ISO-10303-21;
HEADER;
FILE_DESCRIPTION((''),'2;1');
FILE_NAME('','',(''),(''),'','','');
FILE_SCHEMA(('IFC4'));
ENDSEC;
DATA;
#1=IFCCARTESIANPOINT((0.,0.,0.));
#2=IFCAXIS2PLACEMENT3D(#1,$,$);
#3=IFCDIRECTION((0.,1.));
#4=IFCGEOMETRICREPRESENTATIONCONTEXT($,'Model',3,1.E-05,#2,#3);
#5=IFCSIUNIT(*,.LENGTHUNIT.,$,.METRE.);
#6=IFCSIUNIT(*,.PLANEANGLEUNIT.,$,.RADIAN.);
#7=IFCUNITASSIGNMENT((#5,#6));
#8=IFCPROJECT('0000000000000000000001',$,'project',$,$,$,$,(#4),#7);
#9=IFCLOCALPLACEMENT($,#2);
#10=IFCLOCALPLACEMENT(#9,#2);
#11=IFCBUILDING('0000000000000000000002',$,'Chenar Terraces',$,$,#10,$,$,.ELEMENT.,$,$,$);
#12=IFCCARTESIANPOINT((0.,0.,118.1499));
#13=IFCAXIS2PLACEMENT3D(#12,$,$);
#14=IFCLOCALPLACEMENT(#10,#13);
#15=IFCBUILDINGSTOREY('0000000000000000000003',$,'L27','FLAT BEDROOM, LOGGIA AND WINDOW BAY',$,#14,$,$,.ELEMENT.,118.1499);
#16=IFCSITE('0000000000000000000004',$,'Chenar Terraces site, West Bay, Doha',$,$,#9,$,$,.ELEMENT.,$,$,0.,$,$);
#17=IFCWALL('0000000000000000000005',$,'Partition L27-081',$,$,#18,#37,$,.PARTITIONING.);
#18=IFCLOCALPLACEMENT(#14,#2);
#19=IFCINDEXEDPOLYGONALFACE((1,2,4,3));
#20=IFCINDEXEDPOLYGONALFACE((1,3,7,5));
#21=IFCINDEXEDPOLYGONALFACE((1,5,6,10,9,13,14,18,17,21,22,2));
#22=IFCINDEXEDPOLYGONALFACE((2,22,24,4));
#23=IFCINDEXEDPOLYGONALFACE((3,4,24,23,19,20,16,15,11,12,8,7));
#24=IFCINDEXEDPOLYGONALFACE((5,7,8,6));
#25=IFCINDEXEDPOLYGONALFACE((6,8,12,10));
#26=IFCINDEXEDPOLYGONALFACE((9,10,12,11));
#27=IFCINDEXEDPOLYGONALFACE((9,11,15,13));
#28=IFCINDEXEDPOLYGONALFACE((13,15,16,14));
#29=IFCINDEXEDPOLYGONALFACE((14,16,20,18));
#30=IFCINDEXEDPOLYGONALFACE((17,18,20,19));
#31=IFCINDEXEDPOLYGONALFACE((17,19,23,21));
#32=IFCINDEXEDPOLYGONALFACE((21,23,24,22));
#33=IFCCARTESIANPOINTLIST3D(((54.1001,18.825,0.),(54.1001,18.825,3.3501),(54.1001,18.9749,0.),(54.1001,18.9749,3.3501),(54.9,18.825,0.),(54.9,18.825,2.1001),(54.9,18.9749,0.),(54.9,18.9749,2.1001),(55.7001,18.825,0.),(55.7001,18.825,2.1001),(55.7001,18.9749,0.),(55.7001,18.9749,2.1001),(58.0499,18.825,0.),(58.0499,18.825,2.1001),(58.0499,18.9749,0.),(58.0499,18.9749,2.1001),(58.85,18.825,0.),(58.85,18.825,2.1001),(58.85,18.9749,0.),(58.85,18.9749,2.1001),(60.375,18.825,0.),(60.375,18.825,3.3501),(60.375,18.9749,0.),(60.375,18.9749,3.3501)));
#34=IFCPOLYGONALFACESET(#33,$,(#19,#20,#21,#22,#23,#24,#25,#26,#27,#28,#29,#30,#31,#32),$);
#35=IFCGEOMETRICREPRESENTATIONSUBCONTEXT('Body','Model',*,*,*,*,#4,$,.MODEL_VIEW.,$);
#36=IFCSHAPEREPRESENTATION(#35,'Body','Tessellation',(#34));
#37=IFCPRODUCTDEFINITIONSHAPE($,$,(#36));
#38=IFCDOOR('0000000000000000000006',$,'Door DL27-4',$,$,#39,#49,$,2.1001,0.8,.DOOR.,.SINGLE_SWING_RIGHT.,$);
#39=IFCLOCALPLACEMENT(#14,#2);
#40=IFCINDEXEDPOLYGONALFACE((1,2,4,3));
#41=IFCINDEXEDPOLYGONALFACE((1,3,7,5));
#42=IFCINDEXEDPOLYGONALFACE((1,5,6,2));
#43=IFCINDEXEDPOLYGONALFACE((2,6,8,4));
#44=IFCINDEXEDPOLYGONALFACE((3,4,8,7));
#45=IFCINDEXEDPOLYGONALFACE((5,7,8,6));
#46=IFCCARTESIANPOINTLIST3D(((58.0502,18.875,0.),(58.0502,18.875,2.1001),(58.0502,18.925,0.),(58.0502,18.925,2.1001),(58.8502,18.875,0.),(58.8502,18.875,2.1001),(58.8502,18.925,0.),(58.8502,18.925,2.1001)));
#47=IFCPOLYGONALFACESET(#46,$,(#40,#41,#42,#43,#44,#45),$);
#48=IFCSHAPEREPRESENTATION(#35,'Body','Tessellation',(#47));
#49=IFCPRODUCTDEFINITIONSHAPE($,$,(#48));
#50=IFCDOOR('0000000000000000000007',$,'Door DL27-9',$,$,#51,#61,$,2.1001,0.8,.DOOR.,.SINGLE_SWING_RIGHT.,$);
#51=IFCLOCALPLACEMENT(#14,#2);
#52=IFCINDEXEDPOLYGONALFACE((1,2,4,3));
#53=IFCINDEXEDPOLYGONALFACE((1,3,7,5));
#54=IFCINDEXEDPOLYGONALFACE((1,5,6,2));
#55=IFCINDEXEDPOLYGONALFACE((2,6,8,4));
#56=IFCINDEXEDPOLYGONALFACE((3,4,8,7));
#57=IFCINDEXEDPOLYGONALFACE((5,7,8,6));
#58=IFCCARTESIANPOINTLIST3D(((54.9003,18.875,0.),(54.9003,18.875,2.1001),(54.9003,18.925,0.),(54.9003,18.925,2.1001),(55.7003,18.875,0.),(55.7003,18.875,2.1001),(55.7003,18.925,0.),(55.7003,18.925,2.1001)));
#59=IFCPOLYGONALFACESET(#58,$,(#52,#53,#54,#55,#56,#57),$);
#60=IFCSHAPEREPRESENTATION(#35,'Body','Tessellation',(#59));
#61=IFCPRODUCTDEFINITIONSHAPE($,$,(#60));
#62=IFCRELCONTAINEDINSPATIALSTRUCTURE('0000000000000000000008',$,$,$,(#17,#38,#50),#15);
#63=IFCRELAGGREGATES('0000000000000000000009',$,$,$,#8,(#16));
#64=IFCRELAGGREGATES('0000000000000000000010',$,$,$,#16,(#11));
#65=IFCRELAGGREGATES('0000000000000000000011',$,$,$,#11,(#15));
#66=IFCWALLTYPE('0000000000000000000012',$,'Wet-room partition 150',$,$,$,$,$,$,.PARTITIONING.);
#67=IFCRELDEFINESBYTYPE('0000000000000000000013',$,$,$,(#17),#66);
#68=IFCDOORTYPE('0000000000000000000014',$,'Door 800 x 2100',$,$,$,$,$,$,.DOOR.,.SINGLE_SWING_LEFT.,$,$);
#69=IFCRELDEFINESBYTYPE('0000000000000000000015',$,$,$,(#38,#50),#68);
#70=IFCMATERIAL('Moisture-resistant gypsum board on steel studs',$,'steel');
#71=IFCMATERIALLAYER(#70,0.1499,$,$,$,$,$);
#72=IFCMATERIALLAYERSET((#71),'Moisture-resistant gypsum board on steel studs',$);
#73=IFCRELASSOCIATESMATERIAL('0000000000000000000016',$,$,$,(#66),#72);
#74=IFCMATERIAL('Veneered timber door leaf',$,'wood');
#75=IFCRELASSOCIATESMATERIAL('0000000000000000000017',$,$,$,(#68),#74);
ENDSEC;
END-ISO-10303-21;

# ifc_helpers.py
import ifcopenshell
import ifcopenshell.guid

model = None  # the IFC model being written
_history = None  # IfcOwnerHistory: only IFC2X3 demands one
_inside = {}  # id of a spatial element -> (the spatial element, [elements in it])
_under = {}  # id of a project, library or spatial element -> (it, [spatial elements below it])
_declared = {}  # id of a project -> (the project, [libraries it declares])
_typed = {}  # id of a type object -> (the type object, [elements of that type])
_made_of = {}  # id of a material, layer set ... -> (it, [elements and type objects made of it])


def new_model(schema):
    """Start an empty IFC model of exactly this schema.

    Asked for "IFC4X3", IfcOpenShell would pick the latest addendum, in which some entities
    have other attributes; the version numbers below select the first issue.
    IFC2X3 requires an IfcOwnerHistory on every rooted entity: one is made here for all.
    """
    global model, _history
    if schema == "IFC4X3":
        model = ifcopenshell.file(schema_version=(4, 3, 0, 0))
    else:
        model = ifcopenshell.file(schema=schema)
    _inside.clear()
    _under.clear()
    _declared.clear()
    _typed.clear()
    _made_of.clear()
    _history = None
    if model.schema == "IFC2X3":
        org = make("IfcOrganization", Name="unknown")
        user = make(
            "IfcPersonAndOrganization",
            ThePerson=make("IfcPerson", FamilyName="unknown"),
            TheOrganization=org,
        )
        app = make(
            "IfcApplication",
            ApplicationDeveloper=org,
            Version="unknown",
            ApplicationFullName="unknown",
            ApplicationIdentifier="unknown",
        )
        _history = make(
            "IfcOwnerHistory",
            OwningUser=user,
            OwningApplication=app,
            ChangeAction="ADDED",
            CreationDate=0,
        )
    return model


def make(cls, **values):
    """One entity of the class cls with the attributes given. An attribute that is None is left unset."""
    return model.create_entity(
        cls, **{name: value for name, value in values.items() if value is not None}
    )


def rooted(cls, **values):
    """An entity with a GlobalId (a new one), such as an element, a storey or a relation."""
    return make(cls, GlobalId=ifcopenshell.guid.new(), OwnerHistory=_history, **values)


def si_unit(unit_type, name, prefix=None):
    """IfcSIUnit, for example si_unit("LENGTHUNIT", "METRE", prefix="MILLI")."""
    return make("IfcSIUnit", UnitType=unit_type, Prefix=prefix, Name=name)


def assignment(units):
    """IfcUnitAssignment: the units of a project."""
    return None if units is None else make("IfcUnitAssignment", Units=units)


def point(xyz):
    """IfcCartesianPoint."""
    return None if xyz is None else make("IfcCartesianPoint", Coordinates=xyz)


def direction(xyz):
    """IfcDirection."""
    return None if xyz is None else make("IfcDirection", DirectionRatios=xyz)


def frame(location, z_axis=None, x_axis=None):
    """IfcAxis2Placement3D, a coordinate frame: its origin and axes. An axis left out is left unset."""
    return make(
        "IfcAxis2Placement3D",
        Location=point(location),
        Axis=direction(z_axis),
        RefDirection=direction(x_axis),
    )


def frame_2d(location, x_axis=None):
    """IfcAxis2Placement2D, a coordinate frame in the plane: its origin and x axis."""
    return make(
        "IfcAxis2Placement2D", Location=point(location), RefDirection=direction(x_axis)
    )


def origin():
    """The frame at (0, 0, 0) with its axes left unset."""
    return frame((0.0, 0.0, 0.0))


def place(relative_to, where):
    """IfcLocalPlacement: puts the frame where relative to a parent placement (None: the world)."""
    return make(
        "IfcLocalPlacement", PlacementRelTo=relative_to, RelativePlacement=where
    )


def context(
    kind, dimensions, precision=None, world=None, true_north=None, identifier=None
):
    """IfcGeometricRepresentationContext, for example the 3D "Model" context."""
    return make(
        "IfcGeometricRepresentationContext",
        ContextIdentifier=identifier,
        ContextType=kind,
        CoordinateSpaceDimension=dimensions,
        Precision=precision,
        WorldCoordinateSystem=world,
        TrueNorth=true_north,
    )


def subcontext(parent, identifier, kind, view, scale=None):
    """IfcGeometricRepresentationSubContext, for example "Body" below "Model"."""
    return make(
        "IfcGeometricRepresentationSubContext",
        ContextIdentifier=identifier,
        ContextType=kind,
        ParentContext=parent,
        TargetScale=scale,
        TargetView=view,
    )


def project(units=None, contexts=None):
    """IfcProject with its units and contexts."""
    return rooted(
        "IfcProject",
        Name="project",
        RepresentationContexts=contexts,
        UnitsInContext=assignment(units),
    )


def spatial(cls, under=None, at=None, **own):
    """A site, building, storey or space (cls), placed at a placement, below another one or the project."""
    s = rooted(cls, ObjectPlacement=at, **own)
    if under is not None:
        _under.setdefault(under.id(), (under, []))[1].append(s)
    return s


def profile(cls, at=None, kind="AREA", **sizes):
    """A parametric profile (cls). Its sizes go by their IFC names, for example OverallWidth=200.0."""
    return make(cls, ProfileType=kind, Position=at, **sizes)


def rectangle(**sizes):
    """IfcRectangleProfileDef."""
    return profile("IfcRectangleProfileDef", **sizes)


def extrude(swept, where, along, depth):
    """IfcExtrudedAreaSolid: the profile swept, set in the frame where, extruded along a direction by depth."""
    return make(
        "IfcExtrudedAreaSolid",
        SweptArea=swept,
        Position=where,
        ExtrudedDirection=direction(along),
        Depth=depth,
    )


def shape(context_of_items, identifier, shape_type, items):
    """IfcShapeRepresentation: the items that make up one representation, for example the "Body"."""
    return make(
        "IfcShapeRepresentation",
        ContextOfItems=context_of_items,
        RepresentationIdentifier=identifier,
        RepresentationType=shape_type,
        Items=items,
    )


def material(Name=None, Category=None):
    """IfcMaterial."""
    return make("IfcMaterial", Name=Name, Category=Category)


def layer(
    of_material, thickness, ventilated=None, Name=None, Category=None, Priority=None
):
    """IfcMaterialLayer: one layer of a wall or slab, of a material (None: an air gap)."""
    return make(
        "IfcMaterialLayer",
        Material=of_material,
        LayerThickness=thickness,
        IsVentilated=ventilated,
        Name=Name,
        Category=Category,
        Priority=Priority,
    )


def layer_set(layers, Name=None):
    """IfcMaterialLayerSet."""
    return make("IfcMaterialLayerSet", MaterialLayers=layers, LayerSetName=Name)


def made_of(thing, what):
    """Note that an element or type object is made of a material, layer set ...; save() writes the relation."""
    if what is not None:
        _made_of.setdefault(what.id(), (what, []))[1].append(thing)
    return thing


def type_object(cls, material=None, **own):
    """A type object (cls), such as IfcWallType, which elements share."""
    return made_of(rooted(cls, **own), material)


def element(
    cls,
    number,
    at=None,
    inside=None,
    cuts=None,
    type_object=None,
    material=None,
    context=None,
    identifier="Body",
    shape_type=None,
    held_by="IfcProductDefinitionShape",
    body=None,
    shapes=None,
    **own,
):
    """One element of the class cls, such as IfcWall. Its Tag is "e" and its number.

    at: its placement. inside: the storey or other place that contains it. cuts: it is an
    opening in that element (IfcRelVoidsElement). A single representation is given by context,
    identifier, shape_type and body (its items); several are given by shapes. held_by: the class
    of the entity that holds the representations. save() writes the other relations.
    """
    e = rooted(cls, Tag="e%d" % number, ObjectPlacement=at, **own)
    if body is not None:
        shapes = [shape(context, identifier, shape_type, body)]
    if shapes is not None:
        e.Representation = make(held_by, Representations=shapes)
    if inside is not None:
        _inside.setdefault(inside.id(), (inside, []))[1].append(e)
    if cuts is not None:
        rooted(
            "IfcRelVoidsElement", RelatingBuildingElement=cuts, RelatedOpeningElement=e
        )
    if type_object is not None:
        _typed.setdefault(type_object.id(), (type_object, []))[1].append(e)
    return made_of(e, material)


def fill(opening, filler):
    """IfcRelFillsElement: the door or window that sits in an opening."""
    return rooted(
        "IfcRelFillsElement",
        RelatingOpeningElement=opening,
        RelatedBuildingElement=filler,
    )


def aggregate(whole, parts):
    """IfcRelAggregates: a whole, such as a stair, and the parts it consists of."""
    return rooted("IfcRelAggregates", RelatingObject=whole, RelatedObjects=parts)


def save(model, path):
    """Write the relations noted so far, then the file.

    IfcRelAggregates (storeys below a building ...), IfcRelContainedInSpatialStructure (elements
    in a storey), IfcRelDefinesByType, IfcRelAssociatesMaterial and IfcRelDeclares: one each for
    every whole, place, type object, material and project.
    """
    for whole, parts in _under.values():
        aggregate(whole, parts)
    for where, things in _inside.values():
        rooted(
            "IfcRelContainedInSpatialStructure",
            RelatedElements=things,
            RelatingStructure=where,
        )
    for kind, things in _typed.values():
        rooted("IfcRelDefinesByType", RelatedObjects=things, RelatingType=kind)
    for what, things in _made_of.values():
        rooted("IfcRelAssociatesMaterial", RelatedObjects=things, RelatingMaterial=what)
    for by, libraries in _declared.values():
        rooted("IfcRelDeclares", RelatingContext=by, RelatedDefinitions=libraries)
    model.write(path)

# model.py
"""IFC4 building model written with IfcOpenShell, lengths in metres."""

from ifc_helpers import new_model, si_unit, direction, frame, frame_2d, origin, place, context, subcontext, project, spatial, rectangle, extrude, material, layer, layer_set, type_object, element, fill, save


model = new_model("IFC4")

# Units and contexts
model_context = context("Model", 3, precision=1e-05, world=origin(), true_north=direction((0.0, 1.0)))
body_context = subcontext(model_context, "Body", "Model", "MODEL_VIEW")
ifc_project = project(units=[si_unit("LENGTHUNIT", "METRE"), si_unit("PLANEANGLEUNIT", "RADIAN")], contexts=[model_context])

# Site, building, storey
site_placement = place(None, origin())
site = spatial("IfcSite", under=ifc_project, at=site_placement, Name="Chenar Terraces site, West Bay, Doha", CompositionType="ELEMENT", RefElevation=0.0)
building_placement = place(site_placement, origin())
building = spatial("IfcBuilding", under=site, at=building_placement, Name="Chenar Terraces", CompositionType="ELEMENT")
storey_placement = place(building_placement, frame((0.0, 0.0, 118.1499)))
storey = spatial("IfcBuildingStorey", under=building, at=storey_placement, Name="L27", Description="FLAT BEDROOM, LOGGIA AND WINDOW BAY", CompositionType="ELEMENT", Elevation=118.1499)

# Wall, openings, doors
ifc_material_1 = material(Name="Moisture-resistant gypsum board on steel studs", Category="steel")
ifc_layer_1 = layer(ifc_material_1, 0.1499)
ifc_layer_set_1 = layer_set([ifc_layer_1], Name="Moisture-resistant gypsum board on steel studs")
wall_type_1 = type_object("IfcWallType", Name="Wet-room partition 150", PredefinedType="PARTITIONING", material=ifc_layer_set_1)
wall_1_placement = place(storey_placement, frame((54.1001, 18.8999, 0.0), z_axis=(0.0, 0.0, 1.0), x_axis=(1.0, 0.0, 0.0)))
wall_1 = element("IfcWall", 1, at=wall_1_placement, inside=storey, type_object=wall_type_1, Name="Partition L27-081", PredefinedType="PARTITIONING", context=body_context, shape_type="SweptSolid", body=[
    extrude(rectangle(XDim=6.2749, YDim=0.1499, at=frame_2d((3.1375, 0.0))), origin(), (0.0, 0.0, 1.0), 3.3501),
])
opening_1_placement = place(wall_1_placement, frame((3.95, 0.0, 0.0)))
opening_1 = element("IfcOpeningElement", 2, at=opening_1_placement, cuts=wall_1, PredefinedType="OPENING", context=body_context, shape_type="SweptSolid", body=[
    extrude(rectangle(XDim=0.8, YDim=2.1001, at=frame_2d((0.3999, 1.05))), frame((0.0, 0.085, 0.0), z_axis=(0.0, -1.0, 0.0), x_axis=(1.0, 0.0, 0.0)), (0.0, 0.0, 1.0), 0.1699),
])
opening_2_placement = place(wall_1_placement, frame((0.8, 0.0, 0.0)))
opening_2 = element("IfcOpeningElement", 3, at=opening_2_placement, cuts=wall_1, PredefinedType="OPENING", context=body_context, shape_type="SweptSolid", body=[
    extrude(rectangle(XDim=0.8, YDim=2.1001, at=frame_2d((0.3999, 1.05))), frame((0.0, 0.085, 0.0), z_axis=(0.0, -1.0, 0.0), x_axis=(1.0, 0.0, 0.0)), (0.0, 0.0, 1.0), 0.1699),
])
ifc_material_2 = material(Name="Veneered timber door leaf", Category="wood")
door_type_1 = type_object("IfcDoorType", Name="Door 800 x 2100", OperationType="SINGLE_SWING_LEFT", PredefinedType="DOOR", material=ifc_material_2)
door_1_placement = place(opening_1_placement, frame((0.8, 0.0, 0.0), z_axis=(0.0, 0.0, 1.0), x_axis=(-1.0, 0.0, 0.0)))
door_1 = element("IfcDoor", 4, at=door_1_placement, inside=storey, type_object=door_type_1, Name="Door DL27-4", OperationType="SINGLE_SWING_RIGHT", OverallHeight=2.1001, OverallWidth=0.8, PredefinedType="DOOR", context=body_context, shape_type="SweptSolid", body=[
    extrude(rectangle(XDim=0.8, YDim=2.1001, at=frame_2d((0.3999, 1.05))), frame((0.0, 0.0249, 0.0), z_axis=(0.0, -1.0, 0.0), x_axis=(1.0, 0.0, 0.0)), (0.0, 0.0, 1.0), 0.05),
])
fill(opening_1, door_1)
door_2_placement = place(opening_2_placement, frame((0.8, 0.0, 0.0), z_axis=(0.0, 0.0, 1.0), x_axis=(-1.0, 0.0, 0.0)))
door_2 = element("IfcDoor", 5, at=door_2_placement, inside=storey, type_object=door_type_1, Name="Door DL27-9", OperationType="SINGLE_SWING_RIGHT", OverallHeight=2.1001, OverallWidth=0.8, PredefinedType="DOOR", context=body_context, shape_type="SweptSolid", body=[
    extrude(rectangle(XDim=0.8, YDim=2.1001, at=frame_2d((0.3999, 1.05))), frame((0.0, 0.0249, 0.0), z_axis=(0.0, -1.0, 0.0), x_axis=(1.0, 0.0, 0.0)), (0.0, 0.0, 1.0), 0.05),
])
fill(opening_2, door_2)

save(model, "model.ifc")
